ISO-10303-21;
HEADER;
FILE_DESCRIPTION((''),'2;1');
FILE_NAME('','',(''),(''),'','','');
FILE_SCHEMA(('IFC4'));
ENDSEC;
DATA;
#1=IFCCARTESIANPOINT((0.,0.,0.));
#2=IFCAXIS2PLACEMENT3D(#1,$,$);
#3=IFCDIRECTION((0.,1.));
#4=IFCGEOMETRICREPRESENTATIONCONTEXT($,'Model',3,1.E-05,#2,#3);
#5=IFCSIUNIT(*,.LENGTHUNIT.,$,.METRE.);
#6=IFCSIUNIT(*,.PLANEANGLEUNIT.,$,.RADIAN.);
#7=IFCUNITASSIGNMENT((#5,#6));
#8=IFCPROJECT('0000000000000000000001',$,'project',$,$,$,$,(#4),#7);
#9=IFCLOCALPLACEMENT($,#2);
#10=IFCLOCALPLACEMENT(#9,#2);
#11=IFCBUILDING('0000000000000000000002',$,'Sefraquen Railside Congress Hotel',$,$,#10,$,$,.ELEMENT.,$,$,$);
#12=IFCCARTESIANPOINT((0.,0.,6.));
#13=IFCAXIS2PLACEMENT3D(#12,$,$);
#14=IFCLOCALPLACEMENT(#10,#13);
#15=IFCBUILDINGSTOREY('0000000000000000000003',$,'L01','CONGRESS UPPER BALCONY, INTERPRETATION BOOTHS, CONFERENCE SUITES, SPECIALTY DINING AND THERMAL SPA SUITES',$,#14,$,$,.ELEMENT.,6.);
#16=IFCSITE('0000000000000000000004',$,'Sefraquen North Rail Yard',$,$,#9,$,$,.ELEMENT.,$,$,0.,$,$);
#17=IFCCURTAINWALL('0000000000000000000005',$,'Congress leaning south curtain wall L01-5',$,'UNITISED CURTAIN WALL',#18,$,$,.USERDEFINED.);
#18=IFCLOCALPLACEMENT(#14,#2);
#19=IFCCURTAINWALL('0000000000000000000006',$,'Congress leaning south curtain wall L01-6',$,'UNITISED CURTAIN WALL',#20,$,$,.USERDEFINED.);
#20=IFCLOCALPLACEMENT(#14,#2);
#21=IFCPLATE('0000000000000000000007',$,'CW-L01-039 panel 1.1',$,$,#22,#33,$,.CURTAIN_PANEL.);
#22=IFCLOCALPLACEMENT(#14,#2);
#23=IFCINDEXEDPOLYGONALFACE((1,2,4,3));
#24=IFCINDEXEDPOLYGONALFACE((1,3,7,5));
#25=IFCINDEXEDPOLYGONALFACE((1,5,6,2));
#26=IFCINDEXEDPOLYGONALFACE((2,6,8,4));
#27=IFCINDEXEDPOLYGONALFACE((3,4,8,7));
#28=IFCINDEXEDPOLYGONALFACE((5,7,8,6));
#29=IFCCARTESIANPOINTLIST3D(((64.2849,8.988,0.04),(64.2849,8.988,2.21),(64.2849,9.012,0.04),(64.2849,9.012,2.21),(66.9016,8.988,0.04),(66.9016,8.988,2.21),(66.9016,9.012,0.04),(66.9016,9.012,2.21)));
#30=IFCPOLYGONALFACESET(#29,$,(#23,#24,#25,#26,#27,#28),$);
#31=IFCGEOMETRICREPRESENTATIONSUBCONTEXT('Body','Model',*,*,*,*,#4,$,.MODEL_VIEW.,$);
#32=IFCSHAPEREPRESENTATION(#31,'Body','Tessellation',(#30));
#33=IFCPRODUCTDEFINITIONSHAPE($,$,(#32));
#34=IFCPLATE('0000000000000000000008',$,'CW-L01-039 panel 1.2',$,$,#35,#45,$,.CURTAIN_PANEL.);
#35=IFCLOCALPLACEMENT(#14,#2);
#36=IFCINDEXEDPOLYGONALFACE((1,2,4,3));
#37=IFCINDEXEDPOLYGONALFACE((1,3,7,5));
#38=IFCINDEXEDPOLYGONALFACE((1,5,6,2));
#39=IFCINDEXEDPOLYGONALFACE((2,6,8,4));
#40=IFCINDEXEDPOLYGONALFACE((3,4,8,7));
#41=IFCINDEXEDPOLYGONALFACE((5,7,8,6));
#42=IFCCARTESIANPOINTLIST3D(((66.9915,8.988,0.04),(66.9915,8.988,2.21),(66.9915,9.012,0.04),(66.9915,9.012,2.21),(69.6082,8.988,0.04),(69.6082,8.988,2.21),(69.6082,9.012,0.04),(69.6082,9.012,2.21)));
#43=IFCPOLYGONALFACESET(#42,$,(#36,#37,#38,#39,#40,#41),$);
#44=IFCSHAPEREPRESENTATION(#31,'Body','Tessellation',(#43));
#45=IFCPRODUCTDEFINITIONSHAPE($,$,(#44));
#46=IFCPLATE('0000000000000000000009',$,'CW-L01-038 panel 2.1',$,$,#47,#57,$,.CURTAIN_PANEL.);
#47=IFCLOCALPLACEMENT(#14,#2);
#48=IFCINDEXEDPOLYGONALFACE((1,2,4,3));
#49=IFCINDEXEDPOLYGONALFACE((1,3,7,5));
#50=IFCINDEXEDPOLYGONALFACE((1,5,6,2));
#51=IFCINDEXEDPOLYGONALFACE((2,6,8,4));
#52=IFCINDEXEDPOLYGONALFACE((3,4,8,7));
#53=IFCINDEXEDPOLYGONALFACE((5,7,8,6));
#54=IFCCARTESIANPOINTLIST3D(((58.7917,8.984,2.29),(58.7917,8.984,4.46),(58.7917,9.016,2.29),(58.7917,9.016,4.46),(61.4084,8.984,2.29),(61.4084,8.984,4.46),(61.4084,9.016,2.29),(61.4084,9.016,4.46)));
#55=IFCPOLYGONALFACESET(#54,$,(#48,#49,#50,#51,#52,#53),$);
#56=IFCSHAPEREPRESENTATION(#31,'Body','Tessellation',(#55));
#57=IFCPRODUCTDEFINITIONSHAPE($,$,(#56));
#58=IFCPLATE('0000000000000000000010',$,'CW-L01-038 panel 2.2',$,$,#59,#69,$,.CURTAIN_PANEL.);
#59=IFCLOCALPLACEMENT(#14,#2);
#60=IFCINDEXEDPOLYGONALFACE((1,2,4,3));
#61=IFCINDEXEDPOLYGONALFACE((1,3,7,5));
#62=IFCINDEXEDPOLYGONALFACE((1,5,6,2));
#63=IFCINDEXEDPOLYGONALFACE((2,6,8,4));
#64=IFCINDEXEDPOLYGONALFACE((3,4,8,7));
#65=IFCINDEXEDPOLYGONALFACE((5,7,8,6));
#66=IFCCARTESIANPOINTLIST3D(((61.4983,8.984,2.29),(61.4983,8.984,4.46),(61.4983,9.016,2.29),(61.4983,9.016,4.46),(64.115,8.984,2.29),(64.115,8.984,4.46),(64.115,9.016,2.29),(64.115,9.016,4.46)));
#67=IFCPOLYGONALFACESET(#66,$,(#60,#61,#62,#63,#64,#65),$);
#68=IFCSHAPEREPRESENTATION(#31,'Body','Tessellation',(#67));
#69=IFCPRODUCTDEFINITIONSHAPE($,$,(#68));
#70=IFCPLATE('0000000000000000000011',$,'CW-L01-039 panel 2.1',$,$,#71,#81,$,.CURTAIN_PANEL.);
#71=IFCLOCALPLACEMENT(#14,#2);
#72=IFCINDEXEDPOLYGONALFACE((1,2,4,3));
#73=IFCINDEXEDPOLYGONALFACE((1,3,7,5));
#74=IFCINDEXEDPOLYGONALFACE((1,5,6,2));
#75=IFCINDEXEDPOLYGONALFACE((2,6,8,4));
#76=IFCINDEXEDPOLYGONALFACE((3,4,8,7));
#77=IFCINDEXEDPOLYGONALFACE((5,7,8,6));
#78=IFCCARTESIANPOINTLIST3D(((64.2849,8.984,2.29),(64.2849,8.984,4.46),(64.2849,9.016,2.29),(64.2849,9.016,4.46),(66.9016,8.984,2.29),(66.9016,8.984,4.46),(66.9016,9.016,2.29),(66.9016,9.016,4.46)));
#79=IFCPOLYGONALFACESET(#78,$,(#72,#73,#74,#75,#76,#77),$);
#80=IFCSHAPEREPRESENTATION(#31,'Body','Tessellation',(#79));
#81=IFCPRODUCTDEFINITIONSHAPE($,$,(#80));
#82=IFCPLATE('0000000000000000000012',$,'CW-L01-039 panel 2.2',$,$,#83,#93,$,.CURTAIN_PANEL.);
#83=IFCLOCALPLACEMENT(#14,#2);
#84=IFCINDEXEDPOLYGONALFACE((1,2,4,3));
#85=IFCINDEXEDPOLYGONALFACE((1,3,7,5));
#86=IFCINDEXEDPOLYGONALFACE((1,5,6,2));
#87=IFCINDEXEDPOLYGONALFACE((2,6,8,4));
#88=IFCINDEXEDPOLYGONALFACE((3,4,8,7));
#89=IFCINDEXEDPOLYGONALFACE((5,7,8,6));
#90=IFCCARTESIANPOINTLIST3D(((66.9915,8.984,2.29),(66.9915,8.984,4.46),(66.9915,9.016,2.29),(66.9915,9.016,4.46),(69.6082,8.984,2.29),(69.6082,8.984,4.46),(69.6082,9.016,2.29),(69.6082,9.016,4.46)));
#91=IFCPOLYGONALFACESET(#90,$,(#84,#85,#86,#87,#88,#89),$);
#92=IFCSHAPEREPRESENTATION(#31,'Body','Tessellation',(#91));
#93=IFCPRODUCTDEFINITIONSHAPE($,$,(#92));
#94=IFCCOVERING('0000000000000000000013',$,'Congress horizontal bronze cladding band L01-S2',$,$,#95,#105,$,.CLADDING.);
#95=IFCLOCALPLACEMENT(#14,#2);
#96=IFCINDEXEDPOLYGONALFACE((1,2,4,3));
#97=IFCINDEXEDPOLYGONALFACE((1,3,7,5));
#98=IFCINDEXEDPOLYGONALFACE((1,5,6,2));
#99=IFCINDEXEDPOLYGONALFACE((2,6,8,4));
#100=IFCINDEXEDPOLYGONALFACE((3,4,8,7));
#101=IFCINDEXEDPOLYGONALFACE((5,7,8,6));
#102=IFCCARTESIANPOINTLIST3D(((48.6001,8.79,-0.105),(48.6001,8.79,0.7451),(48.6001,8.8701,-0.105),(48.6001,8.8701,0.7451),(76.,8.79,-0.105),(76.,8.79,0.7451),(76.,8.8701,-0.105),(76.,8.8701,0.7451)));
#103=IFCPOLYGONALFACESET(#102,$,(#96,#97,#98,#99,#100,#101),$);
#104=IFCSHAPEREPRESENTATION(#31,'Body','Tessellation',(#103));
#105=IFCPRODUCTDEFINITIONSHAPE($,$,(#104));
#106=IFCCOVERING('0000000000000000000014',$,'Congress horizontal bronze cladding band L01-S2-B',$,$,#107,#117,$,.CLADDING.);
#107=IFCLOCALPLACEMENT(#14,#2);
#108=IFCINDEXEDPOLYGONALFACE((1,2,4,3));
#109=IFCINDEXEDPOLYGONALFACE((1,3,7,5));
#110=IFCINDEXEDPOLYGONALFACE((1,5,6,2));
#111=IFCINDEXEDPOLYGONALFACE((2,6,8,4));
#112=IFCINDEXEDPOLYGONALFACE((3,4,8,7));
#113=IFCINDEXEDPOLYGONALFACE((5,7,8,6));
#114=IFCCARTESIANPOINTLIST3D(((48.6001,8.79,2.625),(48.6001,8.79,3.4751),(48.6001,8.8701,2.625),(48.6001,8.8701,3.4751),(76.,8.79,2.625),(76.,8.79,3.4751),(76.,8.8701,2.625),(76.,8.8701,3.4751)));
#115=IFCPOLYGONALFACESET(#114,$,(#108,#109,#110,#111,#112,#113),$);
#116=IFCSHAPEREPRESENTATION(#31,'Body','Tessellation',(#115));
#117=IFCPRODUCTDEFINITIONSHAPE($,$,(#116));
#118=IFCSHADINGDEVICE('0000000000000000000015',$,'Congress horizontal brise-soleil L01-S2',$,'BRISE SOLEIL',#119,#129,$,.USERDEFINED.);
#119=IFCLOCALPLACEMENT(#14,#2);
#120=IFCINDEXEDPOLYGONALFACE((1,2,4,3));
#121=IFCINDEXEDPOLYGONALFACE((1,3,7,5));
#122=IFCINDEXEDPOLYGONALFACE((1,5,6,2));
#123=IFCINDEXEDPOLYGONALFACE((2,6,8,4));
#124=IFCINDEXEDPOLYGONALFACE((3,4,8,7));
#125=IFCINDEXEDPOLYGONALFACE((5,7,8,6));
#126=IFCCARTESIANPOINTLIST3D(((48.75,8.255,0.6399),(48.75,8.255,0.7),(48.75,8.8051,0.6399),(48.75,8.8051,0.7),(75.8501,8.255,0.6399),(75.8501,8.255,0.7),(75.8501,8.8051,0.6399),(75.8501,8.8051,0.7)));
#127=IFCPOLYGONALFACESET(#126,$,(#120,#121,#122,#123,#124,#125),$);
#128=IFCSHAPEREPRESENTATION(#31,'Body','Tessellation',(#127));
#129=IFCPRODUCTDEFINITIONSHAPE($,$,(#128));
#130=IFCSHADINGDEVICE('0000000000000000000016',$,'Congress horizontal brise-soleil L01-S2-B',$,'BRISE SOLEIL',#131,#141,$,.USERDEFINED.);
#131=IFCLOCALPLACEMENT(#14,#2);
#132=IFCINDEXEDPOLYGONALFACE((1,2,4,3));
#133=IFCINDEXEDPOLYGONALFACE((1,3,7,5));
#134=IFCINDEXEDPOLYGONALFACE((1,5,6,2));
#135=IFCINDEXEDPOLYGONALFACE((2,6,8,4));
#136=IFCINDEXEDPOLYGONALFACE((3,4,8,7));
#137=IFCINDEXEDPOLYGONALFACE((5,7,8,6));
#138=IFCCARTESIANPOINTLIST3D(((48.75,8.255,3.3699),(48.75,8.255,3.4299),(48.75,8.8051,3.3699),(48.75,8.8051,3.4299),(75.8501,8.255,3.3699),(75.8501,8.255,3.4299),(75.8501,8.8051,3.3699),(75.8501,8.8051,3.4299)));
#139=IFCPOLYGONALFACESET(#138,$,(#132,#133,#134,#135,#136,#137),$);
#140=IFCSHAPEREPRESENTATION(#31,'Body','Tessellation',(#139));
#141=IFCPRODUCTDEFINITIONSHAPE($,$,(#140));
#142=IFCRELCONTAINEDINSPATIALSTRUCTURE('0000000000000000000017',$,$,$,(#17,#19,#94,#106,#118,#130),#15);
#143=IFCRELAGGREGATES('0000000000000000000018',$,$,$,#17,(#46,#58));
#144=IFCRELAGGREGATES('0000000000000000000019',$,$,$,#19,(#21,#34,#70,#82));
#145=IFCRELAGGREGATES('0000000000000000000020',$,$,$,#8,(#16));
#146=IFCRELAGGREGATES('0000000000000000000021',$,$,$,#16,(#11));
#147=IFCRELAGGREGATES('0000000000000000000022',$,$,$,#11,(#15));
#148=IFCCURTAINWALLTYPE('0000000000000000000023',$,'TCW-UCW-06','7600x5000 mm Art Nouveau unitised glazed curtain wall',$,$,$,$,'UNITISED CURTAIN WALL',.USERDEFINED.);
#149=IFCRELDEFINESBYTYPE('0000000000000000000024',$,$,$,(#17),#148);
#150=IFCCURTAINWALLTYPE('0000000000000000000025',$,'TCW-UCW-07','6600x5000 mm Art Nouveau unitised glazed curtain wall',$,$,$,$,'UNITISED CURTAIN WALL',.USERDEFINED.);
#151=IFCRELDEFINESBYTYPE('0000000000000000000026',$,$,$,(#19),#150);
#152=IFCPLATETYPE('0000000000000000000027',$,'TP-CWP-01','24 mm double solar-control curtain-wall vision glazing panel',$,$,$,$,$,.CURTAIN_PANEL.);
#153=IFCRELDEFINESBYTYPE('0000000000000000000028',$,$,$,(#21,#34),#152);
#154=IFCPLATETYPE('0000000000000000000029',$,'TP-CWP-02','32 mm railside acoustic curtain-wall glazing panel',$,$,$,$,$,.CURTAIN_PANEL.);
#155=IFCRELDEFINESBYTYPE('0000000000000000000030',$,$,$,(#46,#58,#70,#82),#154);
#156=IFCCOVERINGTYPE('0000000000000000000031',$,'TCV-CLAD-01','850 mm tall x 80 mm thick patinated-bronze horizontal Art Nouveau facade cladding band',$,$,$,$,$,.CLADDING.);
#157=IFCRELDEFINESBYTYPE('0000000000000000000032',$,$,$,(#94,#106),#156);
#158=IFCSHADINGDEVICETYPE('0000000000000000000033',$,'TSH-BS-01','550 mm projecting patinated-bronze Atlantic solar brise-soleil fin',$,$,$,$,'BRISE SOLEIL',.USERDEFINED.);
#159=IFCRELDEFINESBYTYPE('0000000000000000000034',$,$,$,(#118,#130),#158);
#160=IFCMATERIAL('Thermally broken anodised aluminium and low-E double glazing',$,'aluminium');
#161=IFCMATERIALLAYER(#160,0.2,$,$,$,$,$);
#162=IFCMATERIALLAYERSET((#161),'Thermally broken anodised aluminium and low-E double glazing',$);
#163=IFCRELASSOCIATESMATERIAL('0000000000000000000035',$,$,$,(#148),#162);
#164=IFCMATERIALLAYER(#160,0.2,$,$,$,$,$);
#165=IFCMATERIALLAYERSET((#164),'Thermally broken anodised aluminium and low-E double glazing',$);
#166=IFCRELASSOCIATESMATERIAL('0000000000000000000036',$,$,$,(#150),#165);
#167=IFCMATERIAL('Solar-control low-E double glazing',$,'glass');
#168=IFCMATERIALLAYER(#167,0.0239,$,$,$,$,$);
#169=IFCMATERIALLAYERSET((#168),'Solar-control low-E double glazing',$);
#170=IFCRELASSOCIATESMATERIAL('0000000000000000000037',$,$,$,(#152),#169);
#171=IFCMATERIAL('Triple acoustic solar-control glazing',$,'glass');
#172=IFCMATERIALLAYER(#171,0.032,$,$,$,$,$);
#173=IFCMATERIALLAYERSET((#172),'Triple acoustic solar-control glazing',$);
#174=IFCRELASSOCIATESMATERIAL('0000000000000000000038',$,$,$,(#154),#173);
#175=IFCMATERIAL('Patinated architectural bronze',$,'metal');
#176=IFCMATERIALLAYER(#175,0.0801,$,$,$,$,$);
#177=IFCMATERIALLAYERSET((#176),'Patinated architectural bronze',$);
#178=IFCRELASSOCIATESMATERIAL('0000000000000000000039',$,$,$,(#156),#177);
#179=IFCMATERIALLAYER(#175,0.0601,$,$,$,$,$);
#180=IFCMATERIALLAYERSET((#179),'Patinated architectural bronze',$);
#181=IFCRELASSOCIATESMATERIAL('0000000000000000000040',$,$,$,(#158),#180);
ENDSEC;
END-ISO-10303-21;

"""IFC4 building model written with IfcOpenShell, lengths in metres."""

from ifc_helpers import new_model, si_unit, direction, frame, origin, origin_2d, place, context, subcontext, project, spatial, rectangle, extrude, material, layer, layer_set, type_object, element, aggregate, save


model = new_model("IFC4")

# Units and contexts
model_context = context("Model", 3, precision=1e-05, world=origin(), true_north=direction((0.0, 1.0)))
body_context = subcontext(model_context, "Body", "Model", "MODEL_VIEW")
ifc_project = project(units=[si_unit("LENGTHUNIT", "METRE"), si_unit("PLANEANGLEUNIT", "RADIAN")], contexts=[model_context])

# Site, building, storey
site_placement = place(None, origin())
site = spatial("IfcSite", under=ifc_project, at=site_placement, Name="Sefraquen North Rail Yard", CompositionType="ELEMENT", RefElevation=0.0)
building_placement = place(site_placement, origin())
building = spatial("IfcBuilding", under=site, at=building_placement, Name="Sefraquen Railside Congress Hotel", CompositionType="ELEMENT")
storey_placement = place(building_placement, frame((0.0, 0.0, 6.0)))
storey = spatial("IfcBuildingStorey", under=building, at=storey_placement, Name="L01", Description="CONGRESS UPPER BALCONY, INTERPRETATION BOOTHS, CONFERENCE SUITES, SPECIALTY DINING AND THERMAL SPA SUITES", CompositionType="ELEMENT", Elevation=6.0)

# Curtain walls
ifc_material_1 = material(Name="Thermally broken anodised aluminium and low-E double glazing", Category="aluminium")
ifc_layer_1 = layer(ifc_material_1, 0.2)
ifc_layer_set_1 = layer_set([ifc_layer_1], Name="Thermally broken anodised aluminium and low-E double glazing")
curtain_wall_type_1 = type_object("IfcCurtainWallType", Name="TCW-UCW-06", Description="7600x5000 mm Art Nouveau unitised glazed curtain wall", ElementType="UNITISED CURTAIN WALL", PredefinedType="USERDEFINED", material=ifc_layer_set_1)
curtain_wall_1_placement = place(storey_placement, origin())
curtain_wall_1 = element("IfcCurtainWall", 1, at=curtain_wall_1_placement, inside=storey, type_object=curtain_wall_type_1, Name="Congress leaning south curtain wall L01-5", ObjectType="UNITISED CURTAIN WALL", PredefinedType="USERDEFINED")
ifc_layer_2 = layer(ifc_material_1, 0.2)
ifc_layer_set_2 = layer_set([ifc_layer_2], Name="Thermally broken anodised aluminium and low-E double glazing")
curtain_wall_type_2 = type_object("IfcCurtainWallType", Name="TCW-UCW-07", Description="6600x5000 mm Art Nouveau unitised glazed curtain wall", ElementType="UNITISED CURTAIN WALL", PredefinedType="USERDEFINED", material=ifc_layer_set_2)
curtain_wall_2_placement = place(storey_placement, origin())
curtain_wall_2 = element("IfcCurtainWall", 2, at=curtain_wall_2_placement, inside=storey, type_object=curtain_wall_type_2, Name="Congress leaning south curtain wall L01-6", ObjectType="UNITISED CURTAIN WALL", PredefinedType="USERDEFINED")

# Plates
ifc_material_2 = material(Name="Solar-control low-E double glazing", Category="glass")
ifc_layer_3 = layer(ifc_material_2, 0.0239)
ifc_layer_set_3 = layer_set([ifc_layer_3], Name="Solar-control low-E double glazing")
plate_type_1 = type_object("IfcPlateType", Name="TP-CWP-01", Description="24 mm double solar-control curtain-wall vision glazing panel", PredefinedType="CURTAIN_PANEL", material=ifc_layer_set_3)
plate_1_placement = place(storey_placement, frame((65.5933, 9.0, 0.04), z_axis=(0.0, 0.0, 1.0), x_axis=(1.0, 0.0, 0.0)))
plate_1 = element("IfcPlate", 3, at=plate_1_placement, type_object=plate_type_1, Name="CW-L01-039 panel 1.1", PredefinedType="CURTAIN_PANEL", context=body_context, shape_type="SweptSolid", body=[
    extrude(rectangle(XDim=2.6167, YDim=0.0239, at=origin_2d()), origin(), (0.0, 0.0, 1.0), 2.1699),
])
plate_2_placement = place(storey_placement, frame((68.2998, 9.0, 0.04), z_axis=(0.0, 0.0, 1.0), x_axis=(1.0, 0.0, 0.0)))
plate_2 = element("IfcPlate", 4, at=plate_2_placement, type_object=plate_type_1, Name="CW-L01-039 panel 1.2", PredefinedType="CURTAIN_PANEL", context=body_context, shape_type="SweptSolid", body=[
    extrude(rectangle(XDim=2.6167, YDim=0.0239, at=origin_2d()), origin(), (0.0, 0.0, 1.0), 2.1699),
])
ifc_material_3 = material(Name="Triple acoustic solar-control glazing", Category="glass")
ifc_layer_4 = layer(ifc_material_3, 0.032)
ifc_layer_set_4 = layer_set([ifc_layer_4], Name="Triple acoustic solar-control glazing")
plate_type_2 = type_object("IfcPlateType", Name="TP-CWP-02", Description="32 mm railside acoustic curtain-wall glazing panel", PredefinedType="CURTAIN_PANEL", material=ifc_layer_set_4)
plate_3_placement = place(storey_placement, frame((60.1001, 9.0, 2.29), z_axis=(0.0, 0.0, 1.0), x_axis=(1.0, 0.0, 0.0)))
plate_3 = element("IfcPlate", 5, at=plate_3_placement, type_object=plate_type_2, Name="CW-L01-038 panel 2.1", PredefinedType="CURTAIN_PANEL", context=body_context, shape_type="SweptSolid", body=[
    extrude(rectangle(XDim=2.6167, YDim=0.032, at=origin_2d()), origin(), (0.0, 0.0, 1.0), 2.1699),
])
plate_4_placement = place(storey_placement, frame((62.8066, 9.0, 2.29), z_axis=(0.0, 0.0, 1.0), x_axis=(1.0, 0.0, 0.0)))
plate_4 = element("IfcPlate", 6, at=plate_4_placement, type_object=plate_type_2, Name="CW-L01-038 panel 2.2", PredefinedType="CURTAIN_PANEL", context=body_context, shape_type="SweptSolid", body=[
    extrude(rectangle(XDim=2.6167, YDim=0.032, at=origin_2d()), origin(), (0.0, 0.0, 1.0), 2.1699),
])
aggregate(curtain_wall_1, [plate_3, plate_4])
plate_5_placement = place(storey_placement, frame((65.5933, 9.0, 2.29), z_axis=(0.0, 0.0, 1.0), x_axis=(1.0, 0.0, 0.0)))
plate_5 = element("IfcPlate", 7, at=plate_5_placement, type_object=plate_type_2, Name="CW-L01-039 panel 2.1", PredefinedType="CURTAIN_PANEL", context=body_context, shape_type="SweptSolid", body=[
    extrude(rectangle(XDim=2.6167, YDim=0.032, at=origin_2d()), origin(), (0.0, 0.0, 1.0), 2.1699),
])
plate_6_placement = place(storey_placement, frame((68.2998, 9.0, 2.29), z_axis=(0.0, 0.0, 1.0), x_axis=(1.0, 0.0, 0.0)))
plate_6 = element("IfcPlate", 8, at=plate_6_placement, type_object=plate_type_2, Name="CW-L01-039 panel 2.2", PredefinedType="CURTAIN_PANEL", context=body_context, shape_type="SweptSolid", body=[
    extrude(rectangle(XDim=2.6167, YDim=0.032, at=origin_2d()), origin(), (0.0, 0.0, 1.0), 2.1699),
])
aggregate(curtain_wall_2, [plate_1, plate_2, plate_5, plate_6])

# Coverings
ifc_material_4 = material(Name="Patinated architectural bronze", Category="metal")
ifc_layer_5 = layer(ifc_material_4, 0.0801)
ifc_layer_set_5 = layer_set([ifc_layer_5], Name="Patinated architectural bronze")
covering_type = type_object("IfcCoveringType", Name="TCV-CLAD-01", Description="850 mm tall x 80 mm thick patinated-bronze horizontal Art Nouveau facade cladding band", PredefinedType="CLADDING", material=ifc_layer_set_5)
for number, where, z_axis, x_axis, name in (
    (9, (62.3, 8.8301, -0.105), (0.0, 0.0, 1.0), (1.0, 0.0, 0.0), "Congress horizontal bronze cladding band L01-S2"),
    (10, (62.3, 8.8301, 2.625), (0.0, 0.0, 1.0), (1.0, 0.0, 0.0), "Congress horizontal bronze cladding band L01-S2-B"),
):
    element("IfcCovering", number, at=place(storey_placement, frame(where, z_axis=z_axis, x_axis=x_axis)), inside=storey, type_object=covering_type, Name=name, PredefinedType="CLADDING", context=body_context, shape_type="SweptSolid", body=[
        extrude(rectangle(XDim=27.3999, YDim=0.0801, at=origin_2d()), origin(), (0.0, 0.0, 1.0), 0.8501),
    ])

# Shading devices
ifc_layer_6 = layer(ifc_material_4, 0.0601)
ifc_layer_set_6 = layer_set([ifc_layer_6], Name="Patinated architectural bronze")
shading_device_type = type_object("IfcShadingDeviceType", Name="TSH-BS-01", Description="550 mm projecting patinated-bronze Atlantic solar brise-soleil fin", ElementType="BRISE SOLEIL", PredefinedType="USERDEFINED", material=ifc_layer_set_6)
for number, where, z_axis, x_axis, name in (
    (11, (62.3, 8.53, 0.6399), (0.0, 0.0, 1.0), (1.0, 0.0, 0.0), "Congress horizontal brise-soleil L01-S2"),
    (12, (62.3, 8.53, 3.3699), (0.0, 0.0, 1.0), (1.0, 0.0, 0.0), "Congress horizontal brise-soleil L01-S2-B"),
):
    element("IfcShadingDevice", number, at=place(storey_placement, frame(where, z_axis=z_axis, x_axis=x_axis)), inside=storey, type_object=shading_device_type, Name=name, ObjectType="BRISE SOLEIL", PredefinedType="USERDEFINED", context=body_context, shape_type="SweptSolid", body=[
        extrude(rectangle(XDim=27.1001, YDim=0.55, at=origin_2d()), origin(), (0.0, 0.0, 1.0), 0.0601),
    ])

save(model, "model.ifc")
